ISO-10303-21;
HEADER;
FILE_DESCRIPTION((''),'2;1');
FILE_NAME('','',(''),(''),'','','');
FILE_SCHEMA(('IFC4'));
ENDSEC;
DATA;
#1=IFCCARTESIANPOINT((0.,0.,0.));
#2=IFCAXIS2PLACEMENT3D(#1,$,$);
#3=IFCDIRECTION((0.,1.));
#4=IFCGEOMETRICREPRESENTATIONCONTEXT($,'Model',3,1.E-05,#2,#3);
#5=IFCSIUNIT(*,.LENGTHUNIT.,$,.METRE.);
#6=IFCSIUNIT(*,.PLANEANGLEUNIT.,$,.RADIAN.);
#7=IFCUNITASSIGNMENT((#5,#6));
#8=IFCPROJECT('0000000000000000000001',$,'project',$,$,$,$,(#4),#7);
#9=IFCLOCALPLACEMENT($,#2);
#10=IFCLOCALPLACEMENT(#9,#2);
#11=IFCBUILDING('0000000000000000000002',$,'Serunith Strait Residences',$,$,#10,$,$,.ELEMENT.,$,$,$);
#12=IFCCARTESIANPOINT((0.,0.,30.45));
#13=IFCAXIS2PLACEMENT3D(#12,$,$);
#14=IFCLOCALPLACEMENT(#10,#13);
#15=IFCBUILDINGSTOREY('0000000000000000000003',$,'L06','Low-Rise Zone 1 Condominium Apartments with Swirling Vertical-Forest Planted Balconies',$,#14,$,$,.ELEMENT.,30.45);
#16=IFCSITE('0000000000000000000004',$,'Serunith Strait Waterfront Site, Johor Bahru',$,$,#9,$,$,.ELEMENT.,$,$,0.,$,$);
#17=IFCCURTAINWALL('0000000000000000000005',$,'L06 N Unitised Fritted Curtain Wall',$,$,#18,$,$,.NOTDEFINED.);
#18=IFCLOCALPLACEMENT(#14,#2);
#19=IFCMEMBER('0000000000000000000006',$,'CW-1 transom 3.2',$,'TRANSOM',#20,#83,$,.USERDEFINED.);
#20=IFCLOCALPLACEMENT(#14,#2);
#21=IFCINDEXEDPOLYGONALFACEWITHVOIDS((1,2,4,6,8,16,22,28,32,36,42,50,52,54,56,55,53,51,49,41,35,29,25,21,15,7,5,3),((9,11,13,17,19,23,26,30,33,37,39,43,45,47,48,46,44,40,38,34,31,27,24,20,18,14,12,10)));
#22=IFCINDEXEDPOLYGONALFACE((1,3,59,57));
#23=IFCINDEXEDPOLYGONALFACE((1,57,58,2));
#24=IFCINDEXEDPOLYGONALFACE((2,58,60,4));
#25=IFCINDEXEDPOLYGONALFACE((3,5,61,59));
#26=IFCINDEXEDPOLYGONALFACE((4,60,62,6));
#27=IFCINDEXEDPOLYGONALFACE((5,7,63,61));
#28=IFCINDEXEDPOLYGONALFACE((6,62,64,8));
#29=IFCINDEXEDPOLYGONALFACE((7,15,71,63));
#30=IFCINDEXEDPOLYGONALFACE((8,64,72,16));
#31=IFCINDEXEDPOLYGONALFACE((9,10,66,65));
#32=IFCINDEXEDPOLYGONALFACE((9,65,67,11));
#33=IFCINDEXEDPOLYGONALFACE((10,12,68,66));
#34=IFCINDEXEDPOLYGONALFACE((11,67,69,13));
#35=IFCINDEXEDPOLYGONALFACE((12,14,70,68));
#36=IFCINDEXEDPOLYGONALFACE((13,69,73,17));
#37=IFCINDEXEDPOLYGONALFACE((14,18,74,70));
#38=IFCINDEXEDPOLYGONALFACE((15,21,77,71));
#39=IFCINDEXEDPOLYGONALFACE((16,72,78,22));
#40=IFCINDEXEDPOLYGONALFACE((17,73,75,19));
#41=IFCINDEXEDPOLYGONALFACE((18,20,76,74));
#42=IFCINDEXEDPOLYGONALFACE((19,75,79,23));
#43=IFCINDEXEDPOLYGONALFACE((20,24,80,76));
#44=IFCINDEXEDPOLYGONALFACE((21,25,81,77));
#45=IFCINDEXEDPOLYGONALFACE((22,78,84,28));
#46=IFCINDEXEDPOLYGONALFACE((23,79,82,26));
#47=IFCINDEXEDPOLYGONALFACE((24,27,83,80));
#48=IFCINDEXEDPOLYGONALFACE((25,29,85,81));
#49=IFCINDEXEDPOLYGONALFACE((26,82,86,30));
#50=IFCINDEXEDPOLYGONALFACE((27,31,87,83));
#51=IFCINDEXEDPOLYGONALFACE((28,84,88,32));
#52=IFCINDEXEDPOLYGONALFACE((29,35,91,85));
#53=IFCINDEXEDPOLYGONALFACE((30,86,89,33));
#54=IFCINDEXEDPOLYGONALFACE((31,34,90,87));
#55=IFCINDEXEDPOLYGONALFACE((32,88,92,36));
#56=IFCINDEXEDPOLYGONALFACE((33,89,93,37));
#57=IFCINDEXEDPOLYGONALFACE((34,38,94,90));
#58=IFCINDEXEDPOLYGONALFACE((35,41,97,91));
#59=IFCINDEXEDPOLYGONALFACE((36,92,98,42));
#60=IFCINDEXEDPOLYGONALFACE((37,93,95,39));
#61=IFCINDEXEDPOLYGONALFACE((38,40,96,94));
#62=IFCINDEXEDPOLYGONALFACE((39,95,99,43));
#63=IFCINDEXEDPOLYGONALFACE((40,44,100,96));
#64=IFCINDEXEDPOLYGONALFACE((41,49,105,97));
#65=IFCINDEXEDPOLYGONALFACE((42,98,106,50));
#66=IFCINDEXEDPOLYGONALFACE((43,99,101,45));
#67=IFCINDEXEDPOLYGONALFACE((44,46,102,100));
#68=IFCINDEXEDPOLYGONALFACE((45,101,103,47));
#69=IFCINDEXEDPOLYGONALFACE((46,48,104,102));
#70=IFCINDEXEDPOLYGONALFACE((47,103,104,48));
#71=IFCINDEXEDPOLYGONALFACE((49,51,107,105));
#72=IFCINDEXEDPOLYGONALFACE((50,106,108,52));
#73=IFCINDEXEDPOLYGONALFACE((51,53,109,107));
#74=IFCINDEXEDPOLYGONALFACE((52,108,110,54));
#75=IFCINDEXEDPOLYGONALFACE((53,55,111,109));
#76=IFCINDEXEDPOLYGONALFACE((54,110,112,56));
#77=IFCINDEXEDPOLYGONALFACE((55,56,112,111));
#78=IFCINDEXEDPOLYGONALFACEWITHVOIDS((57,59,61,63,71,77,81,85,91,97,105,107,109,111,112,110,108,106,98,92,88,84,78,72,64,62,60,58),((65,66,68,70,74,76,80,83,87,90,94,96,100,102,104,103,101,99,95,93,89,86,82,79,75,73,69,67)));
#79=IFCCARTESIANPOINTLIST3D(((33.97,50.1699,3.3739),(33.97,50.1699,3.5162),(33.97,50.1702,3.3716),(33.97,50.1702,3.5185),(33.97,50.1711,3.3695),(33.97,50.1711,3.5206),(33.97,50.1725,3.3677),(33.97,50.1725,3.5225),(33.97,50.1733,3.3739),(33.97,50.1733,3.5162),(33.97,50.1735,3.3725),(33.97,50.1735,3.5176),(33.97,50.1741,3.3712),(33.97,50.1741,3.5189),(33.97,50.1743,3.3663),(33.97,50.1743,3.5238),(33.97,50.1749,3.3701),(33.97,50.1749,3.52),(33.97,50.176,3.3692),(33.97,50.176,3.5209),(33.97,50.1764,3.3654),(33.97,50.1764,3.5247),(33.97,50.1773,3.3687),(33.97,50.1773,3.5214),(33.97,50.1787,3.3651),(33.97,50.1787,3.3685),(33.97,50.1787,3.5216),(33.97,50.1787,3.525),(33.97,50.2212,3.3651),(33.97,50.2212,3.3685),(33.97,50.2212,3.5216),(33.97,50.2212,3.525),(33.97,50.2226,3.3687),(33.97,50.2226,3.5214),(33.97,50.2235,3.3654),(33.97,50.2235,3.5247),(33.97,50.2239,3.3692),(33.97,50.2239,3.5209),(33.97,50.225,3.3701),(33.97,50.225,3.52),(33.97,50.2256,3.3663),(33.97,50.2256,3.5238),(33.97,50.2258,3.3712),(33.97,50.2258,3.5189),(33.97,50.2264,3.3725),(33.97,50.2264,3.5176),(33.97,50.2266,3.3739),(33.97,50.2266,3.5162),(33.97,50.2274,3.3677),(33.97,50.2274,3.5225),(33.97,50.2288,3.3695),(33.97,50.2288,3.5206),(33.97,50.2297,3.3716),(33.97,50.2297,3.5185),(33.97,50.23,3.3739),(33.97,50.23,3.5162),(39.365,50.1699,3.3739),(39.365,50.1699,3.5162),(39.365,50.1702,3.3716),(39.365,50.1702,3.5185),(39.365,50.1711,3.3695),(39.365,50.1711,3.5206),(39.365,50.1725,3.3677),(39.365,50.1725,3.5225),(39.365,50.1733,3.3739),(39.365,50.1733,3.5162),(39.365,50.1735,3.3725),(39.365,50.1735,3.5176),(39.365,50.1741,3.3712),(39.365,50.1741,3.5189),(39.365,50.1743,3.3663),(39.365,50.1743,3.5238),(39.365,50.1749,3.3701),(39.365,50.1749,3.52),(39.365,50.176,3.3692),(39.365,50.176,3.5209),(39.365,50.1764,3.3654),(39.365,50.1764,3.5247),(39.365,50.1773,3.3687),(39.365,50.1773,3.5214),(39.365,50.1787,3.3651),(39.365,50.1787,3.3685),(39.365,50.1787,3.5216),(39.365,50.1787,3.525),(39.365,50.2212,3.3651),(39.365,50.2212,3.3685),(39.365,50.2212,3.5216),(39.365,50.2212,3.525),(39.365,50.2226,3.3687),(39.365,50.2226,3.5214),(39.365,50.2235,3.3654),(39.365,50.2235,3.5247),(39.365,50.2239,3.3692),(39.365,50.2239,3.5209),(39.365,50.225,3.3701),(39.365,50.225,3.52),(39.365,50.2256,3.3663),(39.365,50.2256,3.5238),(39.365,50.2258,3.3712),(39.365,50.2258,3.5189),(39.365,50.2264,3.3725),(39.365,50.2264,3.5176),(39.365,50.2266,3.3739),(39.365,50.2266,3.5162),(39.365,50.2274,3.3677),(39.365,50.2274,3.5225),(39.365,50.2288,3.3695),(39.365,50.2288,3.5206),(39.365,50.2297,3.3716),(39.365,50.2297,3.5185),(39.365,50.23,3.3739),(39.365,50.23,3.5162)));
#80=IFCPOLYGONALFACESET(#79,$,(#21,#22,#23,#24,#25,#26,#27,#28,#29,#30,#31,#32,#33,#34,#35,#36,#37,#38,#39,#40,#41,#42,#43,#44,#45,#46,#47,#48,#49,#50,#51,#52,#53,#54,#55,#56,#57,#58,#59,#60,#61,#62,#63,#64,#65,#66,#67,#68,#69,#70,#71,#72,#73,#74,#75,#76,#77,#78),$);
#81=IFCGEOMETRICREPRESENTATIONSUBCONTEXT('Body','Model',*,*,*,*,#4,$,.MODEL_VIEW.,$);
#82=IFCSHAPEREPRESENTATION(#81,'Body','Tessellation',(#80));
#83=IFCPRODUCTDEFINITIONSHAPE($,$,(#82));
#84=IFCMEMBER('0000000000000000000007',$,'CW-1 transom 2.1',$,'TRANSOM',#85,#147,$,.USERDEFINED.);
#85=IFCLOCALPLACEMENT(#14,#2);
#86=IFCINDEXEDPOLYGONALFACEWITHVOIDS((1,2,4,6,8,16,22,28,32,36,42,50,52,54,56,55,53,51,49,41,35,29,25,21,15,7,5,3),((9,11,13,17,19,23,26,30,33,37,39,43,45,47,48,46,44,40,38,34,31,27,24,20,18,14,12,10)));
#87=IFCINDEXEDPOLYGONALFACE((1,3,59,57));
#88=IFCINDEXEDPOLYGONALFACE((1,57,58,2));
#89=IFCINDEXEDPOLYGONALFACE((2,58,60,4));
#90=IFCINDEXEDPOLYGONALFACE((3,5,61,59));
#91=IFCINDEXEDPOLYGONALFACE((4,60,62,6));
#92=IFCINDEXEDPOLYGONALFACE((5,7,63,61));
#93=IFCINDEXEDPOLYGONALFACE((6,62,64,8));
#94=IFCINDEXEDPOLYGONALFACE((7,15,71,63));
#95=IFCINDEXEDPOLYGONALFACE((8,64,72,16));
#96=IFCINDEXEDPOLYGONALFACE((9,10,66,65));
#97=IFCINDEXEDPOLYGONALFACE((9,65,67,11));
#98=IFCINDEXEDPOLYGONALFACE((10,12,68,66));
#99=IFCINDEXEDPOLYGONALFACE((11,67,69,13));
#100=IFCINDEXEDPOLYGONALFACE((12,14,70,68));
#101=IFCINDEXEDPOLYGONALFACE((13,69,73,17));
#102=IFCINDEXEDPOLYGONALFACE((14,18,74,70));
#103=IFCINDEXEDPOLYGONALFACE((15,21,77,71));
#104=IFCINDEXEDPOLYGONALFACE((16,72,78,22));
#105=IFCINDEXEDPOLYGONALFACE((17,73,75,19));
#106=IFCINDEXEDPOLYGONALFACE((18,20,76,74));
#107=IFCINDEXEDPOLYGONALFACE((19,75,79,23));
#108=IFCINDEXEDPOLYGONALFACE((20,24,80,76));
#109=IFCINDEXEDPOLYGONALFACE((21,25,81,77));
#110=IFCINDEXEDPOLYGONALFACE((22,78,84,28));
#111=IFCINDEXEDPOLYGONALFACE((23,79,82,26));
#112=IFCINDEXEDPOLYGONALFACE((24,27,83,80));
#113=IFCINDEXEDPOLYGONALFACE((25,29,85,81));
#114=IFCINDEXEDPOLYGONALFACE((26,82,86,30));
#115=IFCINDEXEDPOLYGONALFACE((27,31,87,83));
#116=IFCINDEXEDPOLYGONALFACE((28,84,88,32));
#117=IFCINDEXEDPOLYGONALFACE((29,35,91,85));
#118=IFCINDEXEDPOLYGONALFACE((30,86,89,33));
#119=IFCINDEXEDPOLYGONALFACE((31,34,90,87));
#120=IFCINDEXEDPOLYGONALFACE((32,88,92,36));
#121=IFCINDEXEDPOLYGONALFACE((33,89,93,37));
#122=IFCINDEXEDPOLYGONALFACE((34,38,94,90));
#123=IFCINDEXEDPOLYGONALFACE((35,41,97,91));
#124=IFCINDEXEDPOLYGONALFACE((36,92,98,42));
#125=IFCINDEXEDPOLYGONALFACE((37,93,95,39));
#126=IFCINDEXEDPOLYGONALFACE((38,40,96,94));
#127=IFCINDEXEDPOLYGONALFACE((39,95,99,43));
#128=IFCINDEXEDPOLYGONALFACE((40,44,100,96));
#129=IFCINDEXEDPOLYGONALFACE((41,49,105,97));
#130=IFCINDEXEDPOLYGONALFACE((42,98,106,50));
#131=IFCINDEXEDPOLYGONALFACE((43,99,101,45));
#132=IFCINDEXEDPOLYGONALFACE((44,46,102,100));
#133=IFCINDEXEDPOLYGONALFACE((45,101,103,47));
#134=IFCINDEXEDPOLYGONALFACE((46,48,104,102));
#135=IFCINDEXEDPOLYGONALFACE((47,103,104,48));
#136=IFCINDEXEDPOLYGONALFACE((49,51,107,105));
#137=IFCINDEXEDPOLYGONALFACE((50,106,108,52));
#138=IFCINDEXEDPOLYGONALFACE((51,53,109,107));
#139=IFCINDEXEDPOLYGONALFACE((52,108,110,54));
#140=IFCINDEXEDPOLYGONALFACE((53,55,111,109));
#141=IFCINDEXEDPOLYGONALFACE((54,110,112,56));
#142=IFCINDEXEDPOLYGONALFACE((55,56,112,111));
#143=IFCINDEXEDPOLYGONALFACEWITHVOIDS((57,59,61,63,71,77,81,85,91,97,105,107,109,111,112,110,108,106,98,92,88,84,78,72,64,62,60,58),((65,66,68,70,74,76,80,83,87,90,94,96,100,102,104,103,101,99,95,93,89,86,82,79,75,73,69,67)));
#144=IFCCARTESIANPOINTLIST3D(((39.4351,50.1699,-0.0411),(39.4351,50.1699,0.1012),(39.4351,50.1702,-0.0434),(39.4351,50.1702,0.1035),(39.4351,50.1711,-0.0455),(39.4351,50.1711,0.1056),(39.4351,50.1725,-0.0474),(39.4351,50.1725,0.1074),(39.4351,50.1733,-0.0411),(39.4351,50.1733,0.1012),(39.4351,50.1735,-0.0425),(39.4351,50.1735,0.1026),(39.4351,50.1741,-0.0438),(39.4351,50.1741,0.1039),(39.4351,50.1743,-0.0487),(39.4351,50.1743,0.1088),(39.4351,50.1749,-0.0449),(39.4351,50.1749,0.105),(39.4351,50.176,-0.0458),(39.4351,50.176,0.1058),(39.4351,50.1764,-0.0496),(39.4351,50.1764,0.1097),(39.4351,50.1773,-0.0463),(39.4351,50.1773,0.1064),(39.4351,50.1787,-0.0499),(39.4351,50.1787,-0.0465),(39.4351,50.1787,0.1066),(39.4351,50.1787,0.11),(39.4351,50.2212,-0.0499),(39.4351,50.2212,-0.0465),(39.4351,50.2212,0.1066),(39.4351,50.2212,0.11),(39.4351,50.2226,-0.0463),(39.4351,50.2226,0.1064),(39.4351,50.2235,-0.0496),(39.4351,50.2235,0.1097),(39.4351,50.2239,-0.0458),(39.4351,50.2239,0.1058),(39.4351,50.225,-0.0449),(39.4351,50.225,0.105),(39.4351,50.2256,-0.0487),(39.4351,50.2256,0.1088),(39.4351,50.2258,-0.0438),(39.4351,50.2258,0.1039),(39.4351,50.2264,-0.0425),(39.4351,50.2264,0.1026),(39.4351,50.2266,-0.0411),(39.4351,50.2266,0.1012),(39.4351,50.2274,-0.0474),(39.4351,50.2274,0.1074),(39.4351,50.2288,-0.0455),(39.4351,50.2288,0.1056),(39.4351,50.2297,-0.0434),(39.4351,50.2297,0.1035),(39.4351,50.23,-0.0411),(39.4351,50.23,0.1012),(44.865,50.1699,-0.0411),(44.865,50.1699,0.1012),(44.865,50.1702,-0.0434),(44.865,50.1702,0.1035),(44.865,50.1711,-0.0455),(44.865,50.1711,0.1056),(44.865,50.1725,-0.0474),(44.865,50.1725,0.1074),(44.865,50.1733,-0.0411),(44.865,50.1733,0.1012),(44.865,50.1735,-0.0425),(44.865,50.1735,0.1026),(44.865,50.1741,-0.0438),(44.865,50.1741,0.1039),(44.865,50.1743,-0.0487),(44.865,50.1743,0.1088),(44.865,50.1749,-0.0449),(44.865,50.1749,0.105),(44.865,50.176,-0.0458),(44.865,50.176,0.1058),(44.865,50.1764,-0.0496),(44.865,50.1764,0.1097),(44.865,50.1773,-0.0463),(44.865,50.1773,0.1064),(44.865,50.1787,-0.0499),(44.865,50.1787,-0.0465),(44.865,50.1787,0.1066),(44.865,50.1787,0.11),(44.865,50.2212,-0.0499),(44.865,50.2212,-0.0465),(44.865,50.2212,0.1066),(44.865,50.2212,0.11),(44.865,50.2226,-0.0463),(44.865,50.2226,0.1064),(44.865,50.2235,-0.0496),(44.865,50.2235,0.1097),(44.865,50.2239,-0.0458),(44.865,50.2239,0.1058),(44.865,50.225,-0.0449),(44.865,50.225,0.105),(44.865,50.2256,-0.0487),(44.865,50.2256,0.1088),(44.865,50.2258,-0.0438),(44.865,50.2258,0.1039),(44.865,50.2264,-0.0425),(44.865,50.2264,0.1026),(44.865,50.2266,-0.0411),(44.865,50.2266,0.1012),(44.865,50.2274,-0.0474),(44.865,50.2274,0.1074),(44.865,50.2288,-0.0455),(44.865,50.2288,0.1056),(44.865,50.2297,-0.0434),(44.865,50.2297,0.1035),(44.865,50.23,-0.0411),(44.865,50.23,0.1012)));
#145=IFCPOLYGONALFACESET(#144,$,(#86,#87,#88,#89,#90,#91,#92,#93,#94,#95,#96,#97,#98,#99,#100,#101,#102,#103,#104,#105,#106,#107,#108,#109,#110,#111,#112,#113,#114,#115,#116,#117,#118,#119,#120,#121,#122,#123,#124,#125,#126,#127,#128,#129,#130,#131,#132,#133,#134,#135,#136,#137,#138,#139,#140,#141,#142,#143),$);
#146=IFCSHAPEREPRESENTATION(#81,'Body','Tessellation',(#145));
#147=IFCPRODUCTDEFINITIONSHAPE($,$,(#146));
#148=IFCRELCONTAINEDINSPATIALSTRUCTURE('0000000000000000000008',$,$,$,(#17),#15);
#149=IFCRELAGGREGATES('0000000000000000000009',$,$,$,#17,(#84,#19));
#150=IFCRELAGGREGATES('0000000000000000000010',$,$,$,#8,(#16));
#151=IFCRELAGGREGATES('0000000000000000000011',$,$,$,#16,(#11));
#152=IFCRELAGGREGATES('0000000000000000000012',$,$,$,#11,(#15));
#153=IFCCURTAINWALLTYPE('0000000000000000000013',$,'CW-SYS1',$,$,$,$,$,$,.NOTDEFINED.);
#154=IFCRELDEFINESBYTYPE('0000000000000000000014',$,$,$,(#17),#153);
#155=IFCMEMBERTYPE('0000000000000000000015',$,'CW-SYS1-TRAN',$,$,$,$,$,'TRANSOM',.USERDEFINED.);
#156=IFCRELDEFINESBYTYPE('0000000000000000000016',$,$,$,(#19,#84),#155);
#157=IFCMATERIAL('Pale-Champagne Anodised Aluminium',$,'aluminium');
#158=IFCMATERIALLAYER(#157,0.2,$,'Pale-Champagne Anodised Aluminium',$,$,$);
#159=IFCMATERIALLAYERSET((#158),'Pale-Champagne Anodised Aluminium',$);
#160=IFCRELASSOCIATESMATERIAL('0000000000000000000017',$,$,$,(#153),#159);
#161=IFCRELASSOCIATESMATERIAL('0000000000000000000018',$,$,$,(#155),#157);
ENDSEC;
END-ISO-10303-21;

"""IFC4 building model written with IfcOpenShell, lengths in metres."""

from ifc_helpers import new_model, si_unit, direction, frame, origin, origin_2d, place, context, subcontext, project, spatial, hollow_rectangle, extrude, source, transform, mapped, material, layer, layer_set, material_profile, profile_set, type_object, element, aggregate, save


model = new_model("IFC4")

# Units and contexts
model_context = context("Model", 3, precision=1e-05, world=origin(), true_north=direction((0.0, 1.0)))
body_context = subcontext(model_context, "Body", "Model", "MODEL_VIEW")
ifc_project = project(units=[si_unit("LENGTHUNIT", "METRE"), si_unit("PLANEANGLEUNIT", "RADIAN")], contexts=[model_context])

# Site, building, storey
site_placement = place(None, origin())
site = spatial("IfcSite", under=ifc_project, at=site_placement, Name="Serunith Strait Waterfront Site, Johor Bahru", CompositionType="ELEMENT", RefElevation=0.0)
building_placement = place(site_placement, origin())
building = spatial("IfcBuilding", under=site, at=building_placement, Name="Serunith Strait Residences", CompositionType="ELEMENT")
storey_placement = place(building_placement, frame((0.0, 0.0, 30.45)))
storey = spatial("IfcBuildingStorey", under=building, at=storey_placement, Name="L06", Description="Low-Rise Zone 1 Condominium Apartments with Swirling Vertical-Forest Planted Balconies", CompositionType="ELEMENT", Elevation=30.45)

# Curtain wall, members
ifc_material_1 = material(Name="Pale-Champagne Anodised Aluminium", Category="aluminium")
ifc_layer_1 = layer(ifc_material_1, 0.2, Name="Pale-Champagne Anodised Aluminium")
ifc_layer_set_1 = layer_set([ifc_layer_1], Name="Pale-Champagne Anodised Aluminium")
curtain_wall_type = type_object("IfcCurtainWallType", Name="CW-SYS1", PredefinedType="NOTDEFINED", material=ifc_layer_set_1)
curtain_wall_placement = place(storey_placement, origin())
curtain_wall = element("IfcCurtainWall", 1, at=curtain_wall_placement, inside=storey, type_object=curtain_wall_type, Name="L06 N Unitised Fritted Curtain Wall", PredefinedType="NOTDEFINED")
ifc_material_profile_1 = material_profile(ifc_material_1, hollow_rectangle(XDim=0.0601, YDim=0.1599, WallThickness=0.0034, InnerFilletRadius=0.0054, OuterFilletRadius=0.0088, at=origin_2d()), Name="ALU 160x60x3.5")
ifc_profile_set_1 = profile_set([ifc_material_profile_1], Name="Pale-Champagne Anodised Aluminium")
member_type_1 = type_object("IfcMemberType", Name="CW-SYS1-TRAN", ElementType="TRANSOM", PredefinedType="USERDEFINED", material=ifc_profile_set_1)
shared_shape_1 = source(origin(), body_context, "Body", "SweptSolid", [
    extrude(hollow_rectangle(XDim=0.0601, YDim=0.1599, WallThickness=0.0034, InnerFilletRadius=0.0054, OuterFilletRadius=0.0088, at=origin_2d()), origin(), (0.0, 0.0, 1.0), 5.395),
])
member_1_placement = place(storey_placement, frame((39.365, 50.2, 3.4451), z_axis=(-1.0, 0.0, 0.0), x_axis=(0.0, -1.0, 0.0)))
member_1 = element("IfcMember", 2, at=member_1_placement, type_object=member_type_1, Name="CW-1 transom 3.2", ObjectType="TRANSOM", PredefinedType="USERDEFINED", context=body_context, shape_type="MappedRepresentation", body=[
    mapped(shared_shape_1, transform((0.0, 0.0, 0.0), scale=1.0)),
])
shared_shape_2 = source(origin(), body_context, "Body", "SweptSolid", [
    extrude(hollow_rectangle(XDim=0.0601, YDim=0.1599, WallThickness=0.0034, InnerFilletRadius=0.0054, OuterFilletRadius=0.0088, at=origin_2d()), origin(), (0.0, 0.0, 1.0), 5.4299),
])
member_2_placement = place(storey_placement, frame((44.865, 50.2, 0.03), z_axis=(-1.0, 0.0, 0.0), x_axis=(0.0, -1.0, 0.0)))
member_2 = element("IfcMember", 3, at=member_2_placement, type_object=member_type_1, Name="CW-1 transom 2.1", ObjectType="TRANSOM", PredefinedType="USERDEFINED", context=body_context, shape_type="MappedRepresentation", body=[
    mapped(shared_shape_2, transform((0.0, 0.0, 0.0), scale=1.0)),
])
aggregate(curtain_wall, [member_2, member_1])

save(model, "model.ifc")
